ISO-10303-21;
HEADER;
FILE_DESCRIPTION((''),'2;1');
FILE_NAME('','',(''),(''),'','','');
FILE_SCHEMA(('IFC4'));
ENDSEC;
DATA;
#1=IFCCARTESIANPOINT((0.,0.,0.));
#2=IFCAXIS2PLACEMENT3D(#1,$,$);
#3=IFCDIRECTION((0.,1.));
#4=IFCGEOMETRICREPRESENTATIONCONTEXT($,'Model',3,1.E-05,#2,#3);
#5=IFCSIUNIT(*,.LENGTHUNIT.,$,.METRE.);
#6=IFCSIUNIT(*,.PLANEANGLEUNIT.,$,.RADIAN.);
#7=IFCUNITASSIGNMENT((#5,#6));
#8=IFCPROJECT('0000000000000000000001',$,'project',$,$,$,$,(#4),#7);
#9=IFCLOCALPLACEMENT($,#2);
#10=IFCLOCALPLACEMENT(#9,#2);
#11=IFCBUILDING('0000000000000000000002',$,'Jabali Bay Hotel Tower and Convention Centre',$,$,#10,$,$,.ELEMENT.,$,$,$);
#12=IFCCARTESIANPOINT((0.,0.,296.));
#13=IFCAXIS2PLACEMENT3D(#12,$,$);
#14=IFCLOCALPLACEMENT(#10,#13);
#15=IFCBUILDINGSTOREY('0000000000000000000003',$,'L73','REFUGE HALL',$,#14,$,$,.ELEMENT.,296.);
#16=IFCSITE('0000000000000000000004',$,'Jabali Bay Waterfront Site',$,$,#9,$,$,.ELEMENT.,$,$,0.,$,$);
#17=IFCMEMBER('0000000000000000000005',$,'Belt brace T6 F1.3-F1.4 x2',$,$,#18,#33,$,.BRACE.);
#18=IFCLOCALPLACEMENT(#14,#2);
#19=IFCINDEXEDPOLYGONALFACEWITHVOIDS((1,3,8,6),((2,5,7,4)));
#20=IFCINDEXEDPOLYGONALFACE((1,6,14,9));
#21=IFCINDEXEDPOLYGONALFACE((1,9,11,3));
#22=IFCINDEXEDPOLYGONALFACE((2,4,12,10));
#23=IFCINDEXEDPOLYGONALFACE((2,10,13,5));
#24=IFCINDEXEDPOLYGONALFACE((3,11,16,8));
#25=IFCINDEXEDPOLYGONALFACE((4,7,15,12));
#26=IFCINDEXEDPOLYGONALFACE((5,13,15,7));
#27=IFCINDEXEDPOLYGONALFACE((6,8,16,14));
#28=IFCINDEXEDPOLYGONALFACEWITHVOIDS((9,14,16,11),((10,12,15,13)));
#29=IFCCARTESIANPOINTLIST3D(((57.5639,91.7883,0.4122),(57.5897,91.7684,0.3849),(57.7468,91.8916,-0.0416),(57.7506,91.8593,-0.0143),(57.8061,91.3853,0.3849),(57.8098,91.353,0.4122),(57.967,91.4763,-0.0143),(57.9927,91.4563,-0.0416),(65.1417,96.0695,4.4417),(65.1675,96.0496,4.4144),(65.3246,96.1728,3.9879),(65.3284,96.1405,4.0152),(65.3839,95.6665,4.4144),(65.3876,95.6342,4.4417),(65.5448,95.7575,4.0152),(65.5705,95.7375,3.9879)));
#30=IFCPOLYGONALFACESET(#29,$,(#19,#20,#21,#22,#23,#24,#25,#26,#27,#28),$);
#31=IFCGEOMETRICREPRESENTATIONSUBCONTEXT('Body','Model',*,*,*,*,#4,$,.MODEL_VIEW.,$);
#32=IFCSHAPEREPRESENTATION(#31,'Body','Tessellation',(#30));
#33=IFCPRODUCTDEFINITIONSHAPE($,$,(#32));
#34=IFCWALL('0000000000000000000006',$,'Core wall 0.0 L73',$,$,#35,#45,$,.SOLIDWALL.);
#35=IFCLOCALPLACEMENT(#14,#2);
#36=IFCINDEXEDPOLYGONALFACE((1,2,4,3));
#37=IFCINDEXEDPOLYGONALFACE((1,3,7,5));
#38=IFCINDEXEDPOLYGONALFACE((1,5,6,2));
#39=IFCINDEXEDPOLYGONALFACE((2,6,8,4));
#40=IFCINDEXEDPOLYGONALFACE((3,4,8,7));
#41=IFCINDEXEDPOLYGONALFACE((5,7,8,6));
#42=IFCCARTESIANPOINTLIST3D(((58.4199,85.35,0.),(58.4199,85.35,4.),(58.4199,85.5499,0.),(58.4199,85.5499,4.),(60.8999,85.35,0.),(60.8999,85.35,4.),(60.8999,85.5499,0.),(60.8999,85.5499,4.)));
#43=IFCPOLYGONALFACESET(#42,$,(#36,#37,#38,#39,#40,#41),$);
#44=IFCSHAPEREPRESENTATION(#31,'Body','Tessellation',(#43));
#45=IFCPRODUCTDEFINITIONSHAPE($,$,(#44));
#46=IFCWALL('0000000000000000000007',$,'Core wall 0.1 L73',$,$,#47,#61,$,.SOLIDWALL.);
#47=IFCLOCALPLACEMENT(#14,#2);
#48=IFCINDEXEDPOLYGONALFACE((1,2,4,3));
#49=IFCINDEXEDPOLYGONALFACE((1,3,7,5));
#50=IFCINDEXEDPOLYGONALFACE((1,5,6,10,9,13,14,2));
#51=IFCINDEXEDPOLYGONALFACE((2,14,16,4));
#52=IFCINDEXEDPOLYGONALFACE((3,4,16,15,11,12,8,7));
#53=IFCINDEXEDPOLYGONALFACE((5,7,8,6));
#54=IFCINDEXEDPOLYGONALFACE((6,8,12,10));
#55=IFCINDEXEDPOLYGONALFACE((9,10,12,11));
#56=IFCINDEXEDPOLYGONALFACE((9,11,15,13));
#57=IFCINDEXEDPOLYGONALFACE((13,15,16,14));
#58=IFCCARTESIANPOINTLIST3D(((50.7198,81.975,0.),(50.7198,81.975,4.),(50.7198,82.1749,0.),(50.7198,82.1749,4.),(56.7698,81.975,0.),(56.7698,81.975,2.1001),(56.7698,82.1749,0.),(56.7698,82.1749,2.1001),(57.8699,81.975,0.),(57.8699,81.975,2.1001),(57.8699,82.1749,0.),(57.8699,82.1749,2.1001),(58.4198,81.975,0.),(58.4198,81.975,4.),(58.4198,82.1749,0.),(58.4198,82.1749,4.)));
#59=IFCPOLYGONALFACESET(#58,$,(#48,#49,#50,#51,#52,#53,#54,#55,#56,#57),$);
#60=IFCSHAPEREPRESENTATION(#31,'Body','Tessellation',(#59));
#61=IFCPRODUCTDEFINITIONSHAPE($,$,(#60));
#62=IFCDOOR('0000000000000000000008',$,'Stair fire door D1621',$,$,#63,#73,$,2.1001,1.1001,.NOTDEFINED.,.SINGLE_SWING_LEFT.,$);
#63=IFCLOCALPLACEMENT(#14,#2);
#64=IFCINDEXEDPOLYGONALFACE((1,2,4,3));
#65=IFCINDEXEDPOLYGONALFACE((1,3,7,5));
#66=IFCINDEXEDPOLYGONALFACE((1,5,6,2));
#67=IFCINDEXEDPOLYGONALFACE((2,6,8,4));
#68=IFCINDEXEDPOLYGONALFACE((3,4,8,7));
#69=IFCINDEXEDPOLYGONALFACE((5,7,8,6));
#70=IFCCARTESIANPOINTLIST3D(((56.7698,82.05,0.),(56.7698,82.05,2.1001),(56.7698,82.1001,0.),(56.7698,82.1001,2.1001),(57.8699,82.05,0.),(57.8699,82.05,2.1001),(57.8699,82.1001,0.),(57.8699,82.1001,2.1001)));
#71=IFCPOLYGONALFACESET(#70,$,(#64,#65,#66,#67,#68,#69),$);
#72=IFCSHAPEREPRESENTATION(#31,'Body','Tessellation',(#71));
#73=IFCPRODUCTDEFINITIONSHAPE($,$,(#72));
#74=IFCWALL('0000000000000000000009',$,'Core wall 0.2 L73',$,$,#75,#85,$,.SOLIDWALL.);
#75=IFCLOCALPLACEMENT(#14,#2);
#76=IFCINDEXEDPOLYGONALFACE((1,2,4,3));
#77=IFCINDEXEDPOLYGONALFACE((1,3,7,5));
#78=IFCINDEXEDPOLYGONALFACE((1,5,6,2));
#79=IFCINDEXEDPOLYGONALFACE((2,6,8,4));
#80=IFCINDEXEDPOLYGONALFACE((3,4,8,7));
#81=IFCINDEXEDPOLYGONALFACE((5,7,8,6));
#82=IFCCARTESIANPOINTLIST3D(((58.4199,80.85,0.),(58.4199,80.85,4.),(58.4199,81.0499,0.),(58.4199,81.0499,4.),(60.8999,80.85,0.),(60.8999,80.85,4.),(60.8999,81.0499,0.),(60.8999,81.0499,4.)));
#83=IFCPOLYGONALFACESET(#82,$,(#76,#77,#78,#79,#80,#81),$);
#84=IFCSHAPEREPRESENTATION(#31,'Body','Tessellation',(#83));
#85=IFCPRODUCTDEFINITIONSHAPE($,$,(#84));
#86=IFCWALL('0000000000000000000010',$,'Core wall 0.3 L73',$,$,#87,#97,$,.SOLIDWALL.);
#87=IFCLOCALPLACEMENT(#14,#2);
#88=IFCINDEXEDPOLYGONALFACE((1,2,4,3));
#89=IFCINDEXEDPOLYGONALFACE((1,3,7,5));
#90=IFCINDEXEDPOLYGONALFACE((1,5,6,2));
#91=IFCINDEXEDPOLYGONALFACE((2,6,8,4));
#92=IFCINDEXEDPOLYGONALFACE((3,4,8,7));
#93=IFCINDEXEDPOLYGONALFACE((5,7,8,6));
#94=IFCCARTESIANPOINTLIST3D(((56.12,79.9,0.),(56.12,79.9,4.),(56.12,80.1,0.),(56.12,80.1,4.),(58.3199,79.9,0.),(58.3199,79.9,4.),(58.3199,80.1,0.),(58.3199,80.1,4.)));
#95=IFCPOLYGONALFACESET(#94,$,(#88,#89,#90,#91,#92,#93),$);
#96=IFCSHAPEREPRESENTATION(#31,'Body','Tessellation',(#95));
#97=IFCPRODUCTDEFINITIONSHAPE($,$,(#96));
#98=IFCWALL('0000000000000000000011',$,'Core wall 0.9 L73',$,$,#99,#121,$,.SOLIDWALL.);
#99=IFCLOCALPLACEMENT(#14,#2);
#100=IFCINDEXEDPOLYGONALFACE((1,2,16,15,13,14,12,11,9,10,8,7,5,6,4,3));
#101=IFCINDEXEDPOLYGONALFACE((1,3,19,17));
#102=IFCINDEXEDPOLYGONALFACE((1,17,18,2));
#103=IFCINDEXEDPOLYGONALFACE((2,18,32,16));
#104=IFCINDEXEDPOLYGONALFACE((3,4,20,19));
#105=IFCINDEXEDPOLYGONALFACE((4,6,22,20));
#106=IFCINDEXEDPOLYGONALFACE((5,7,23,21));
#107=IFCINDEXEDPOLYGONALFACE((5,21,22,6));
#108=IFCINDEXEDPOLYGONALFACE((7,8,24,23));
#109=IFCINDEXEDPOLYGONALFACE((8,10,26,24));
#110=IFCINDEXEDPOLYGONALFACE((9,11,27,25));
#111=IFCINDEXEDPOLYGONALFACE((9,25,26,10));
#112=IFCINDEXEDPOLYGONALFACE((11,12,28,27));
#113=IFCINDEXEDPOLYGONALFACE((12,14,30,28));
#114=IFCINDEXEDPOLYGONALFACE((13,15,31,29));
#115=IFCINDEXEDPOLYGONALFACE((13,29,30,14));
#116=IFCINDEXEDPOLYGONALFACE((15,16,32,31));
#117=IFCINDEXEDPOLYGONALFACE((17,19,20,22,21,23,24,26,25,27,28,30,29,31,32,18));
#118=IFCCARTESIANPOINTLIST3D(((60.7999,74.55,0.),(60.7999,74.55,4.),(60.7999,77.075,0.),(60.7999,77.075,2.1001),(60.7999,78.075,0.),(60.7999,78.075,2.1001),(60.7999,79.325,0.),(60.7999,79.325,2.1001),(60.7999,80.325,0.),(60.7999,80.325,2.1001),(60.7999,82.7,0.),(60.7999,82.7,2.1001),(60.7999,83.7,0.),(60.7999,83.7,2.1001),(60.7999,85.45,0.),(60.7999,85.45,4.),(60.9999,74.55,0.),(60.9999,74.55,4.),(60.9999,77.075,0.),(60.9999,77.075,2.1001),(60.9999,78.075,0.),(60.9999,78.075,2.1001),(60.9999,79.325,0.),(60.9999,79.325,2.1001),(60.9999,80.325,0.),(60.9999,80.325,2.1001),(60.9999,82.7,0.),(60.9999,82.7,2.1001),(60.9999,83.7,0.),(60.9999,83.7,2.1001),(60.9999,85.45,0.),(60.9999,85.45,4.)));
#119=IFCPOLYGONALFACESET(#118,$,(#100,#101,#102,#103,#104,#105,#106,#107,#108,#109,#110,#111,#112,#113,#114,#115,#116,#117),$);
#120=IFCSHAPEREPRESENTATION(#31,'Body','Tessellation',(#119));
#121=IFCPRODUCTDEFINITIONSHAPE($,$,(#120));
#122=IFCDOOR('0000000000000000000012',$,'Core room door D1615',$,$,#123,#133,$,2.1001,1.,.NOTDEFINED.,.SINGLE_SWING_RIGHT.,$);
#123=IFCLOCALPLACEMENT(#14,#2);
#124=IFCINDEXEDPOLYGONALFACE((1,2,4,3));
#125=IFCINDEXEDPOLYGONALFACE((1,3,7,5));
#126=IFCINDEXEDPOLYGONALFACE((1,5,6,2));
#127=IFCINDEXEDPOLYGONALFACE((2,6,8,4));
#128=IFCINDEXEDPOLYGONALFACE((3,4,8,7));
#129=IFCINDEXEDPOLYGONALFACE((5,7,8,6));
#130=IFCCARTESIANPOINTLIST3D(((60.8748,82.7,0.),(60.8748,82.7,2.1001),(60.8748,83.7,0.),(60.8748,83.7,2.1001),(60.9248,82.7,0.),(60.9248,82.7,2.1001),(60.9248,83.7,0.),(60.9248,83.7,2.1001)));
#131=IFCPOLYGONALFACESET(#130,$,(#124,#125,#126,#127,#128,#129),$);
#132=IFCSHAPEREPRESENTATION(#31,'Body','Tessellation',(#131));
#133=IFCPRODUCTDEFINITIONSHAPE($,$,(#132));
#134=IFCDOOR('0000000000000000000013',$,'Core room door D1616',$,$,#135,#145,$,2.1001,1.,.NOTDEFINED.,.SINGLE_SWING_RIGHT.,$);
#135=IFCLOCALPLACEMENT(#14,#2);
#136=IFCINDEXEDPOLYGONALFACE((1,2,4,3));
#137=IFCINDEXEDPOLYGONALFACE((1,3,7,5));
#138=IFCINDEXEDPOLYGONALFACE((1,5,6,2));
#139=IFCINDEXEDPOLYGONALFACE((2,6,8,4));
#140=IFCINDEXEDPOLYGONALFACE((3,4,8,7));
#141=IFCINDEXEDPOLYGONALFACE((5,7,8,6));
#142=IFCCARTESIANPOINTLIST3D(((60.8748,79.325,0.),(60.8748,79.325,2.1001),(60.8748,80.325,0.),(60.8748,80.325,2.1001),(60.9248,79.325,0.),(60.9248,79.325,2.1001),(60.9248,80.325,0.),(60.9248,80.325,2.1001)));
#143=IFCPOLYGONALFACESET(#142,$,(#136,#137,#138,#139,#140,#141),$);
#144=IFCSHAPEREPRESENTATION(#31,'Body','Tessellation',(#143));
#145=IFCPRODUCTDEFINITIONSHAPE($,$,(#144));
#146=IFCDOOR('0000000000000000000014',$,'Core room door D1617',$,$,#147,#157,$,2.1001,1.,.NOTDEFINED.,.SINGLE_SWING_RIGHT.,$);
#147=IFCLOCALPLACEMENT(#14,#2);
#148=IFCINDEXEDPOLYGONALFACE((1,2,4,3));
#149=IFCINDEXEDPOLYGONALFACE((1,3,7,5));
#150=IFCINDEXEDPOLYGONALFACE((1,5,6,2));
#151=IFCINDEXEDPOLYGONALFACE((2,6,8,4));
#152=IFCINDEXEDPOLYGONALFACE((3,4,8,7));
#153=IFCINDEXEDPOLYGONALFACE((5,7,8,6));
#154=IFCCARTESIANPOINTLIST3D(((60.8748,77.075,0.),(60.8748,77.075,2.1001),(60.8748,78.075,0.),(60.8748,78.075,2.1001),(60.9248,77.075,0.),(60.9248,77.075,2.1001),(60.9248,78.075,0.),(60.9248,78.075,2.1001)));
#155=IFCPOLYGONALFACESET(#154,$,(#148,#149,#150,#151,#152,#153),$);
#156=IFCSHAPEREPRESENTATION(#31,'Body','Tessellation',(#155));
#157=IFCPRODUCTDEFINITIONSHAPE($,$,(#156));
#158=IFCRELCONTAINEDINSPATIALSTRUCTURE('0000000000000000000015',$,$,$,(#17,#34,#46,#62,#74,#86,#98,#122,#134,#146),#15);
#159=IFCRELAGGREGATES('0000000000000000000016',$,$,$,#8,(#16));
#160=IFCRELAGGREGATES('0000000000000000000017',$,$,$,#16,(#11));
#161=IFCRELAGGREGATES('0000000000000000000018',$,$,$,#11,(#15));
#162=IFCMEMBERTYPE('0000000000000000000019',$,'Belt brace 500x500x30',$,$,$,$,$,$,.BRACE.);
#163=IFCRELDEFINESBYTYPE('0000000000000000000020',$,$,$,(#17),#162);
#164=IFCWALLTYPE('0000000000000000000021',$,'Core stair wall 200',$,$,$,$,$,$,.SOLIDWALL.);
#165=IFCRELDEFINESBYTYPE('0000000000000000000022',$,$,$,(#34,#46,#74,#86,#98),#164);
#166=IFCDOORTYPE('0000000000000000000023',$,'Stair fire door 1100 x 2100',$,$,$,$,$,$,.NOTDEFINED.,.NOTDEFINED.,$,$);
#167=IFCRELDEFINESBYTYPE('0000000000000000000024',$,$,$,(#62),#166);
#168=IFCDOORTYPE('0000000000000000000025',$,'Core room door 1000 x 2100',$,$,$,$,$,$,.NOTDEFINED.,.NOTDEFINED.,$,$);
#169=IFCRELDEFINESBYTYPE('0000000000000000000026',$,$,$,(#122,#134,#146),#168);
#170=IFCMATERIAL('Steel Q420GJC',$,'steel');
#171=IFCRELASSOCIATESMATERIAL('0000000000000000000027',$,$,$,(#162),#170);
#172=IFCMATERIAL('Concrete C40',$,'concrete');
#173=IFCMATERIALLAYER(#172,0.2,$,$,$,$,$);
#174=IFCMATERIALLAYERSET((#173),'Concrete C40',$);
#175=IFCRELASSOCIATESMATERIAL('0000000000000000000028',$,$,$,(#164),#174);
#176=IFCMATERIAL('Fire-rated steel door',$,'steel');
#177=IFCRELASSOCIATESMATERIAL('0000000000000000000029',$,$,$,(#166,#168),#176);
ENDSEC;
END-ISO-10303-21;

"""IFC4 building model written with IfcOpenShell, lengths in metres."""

from ifc_helpers import new_model, si_unit, direction, frame, frame_2d, origin, origin_2d, place, context, subcontext, project, spatial, rectangle, hollow_rectangle, extrude, material, layer, layer_set, material_profile, profile_set, type_object, element, fill, save


model = new_model("IFC4")

# Units and contexts
model_context = context("Model", 3, precision=1e-05, world=origin(), true_north=direction((0.0, 1.0)))
body_context = subcontext(model_context, "Body", "Model", "MODEL_VIEW")
ifc_project = project(units=[si_unit("LENGTHUNIT", "METRE"), si_unit("PLANEANGLEUNIT", "RADIAN")], contexts=[model_context])

# Site, building, storey
site_placement = place(None, origin())
site = spatial("IfcSite", under=ifc_project, at=site_placement, Name="Jabali Bay Waterfront Site", CompositionType="ELEMENT", RefElevation=0.0)
building_placement = place(site_placement, origin())
building = spatial("IfcBuilding", under=site, at=building_placement, Name="Jabali Bay Hotel Tower and Convention Centre", CompositionType="ELEMENT")
storey_placement = place(building_placement, frame((0.0, 0.0, 296.0)))
storey = spatial("IfcBuildingStorey", under=building, at=storey_placement, Name="L73", Description="REFUGE HALL", CompositionType="ELEMENT", Elevation=296.0)

# Member
ifc_material_1 = material(Name="Steel Q420GJC", Category="steel")
ifc_material_profile = material_profile(ifc_material_1, hollow_rectangle(XDim=0.5, YDim=0.5, WallThickness=0.03, at=origin_2d()), Name="Belt brace 500x500x30")
ifc_profile_set = profile_set([ifc_material_profile], Name="Steel Q420GJC")
member_type = type_object("IfcMemberType", Name="Belt brace 500x500x30", PredefinedType="BRACE", material=ifc_profile_set)
member_placement = place(storey_placement, frame((57.7783, 91.6223, 0.1853), z_axis=(0.790089, 0.446374, 0.42013), x_axis=(-0.491892, 0.870656, 0.0)))
element("IfcMember", 1, at=member_placement, inside=storey, type_object=member_type, Name="Belt brace T6 F1.3-F1.4 x2", PredefinedType="BRACE", context=body_context, shape_type="SweptSolid", body=[
    extrude(hollow_rectangle(XDim=0.5, YDim=0.5, WallThickness=0.03, at=origin_2d()), origin(), (0.0, 0.0, 1.0), 9.5911),
])

# Wall
ifc_material_2 = material(Name="Concrete C40", Category="concrete")
ifc_layer_1 = layer(ifc_material_2, 0.2)
ifc_layer_set_1 = layer_set([ifc_layer_1], Name="Concrete C40")
wall_type_1 = type_object("IfcWallType", Name="Core stair wall 200", PredefinedType="SOLIDWALL", material=ifc_layer_set_1)
wall_1_placement = place(storey_placement, frame((60.8999, 85.45, 0.0), z_axis=(0.0, 0.0, 1.0), x_axis=(-1.0, 0.0, 0.0)))
element("IfcWall", 2, at=wall_1_placement, inside=storey, type_object=wall_type_1, Name="Core wall 0.0 L73", PredefinedType="SOLIDWALL", context=body_context, shape_type="SweptSolid", body=[
    extrude(rectangle(XDim=2.48, YDim=0.2, at=frame_2d((1.24, 0.0))), origin(), (0.0, 0.0, 1.0), 4.0),
])

# Wall, opening, door
wall_2_placement = place(storey_placement, frame((58.4199, 82.075, 0.0), z_axis=(0.0, 0.0, 1.0), x_axis=(-1.0, 0.0, 0.0)))
wall_2 = element("IfcWall", 3, at=wall_2_placement, inside=storey, type_object=wall_type_1, Name="Core wall 0.1 L73", PredefinedType="SOLIDWALL", context=body_context, shape_type="SweptSolid", body=[
    extrude(rectangle(XDim=7.7, YDim=0.2, at=frame_2d((3.8501, 0.0))), origin(), (0.0, 0.0, 1.0), 4.0),
])
opening_1_placement = place(wall_2_placement, frame((0.55, 0.0, 0.0)))
opening_1 = element("IfcOpeningElement", 4, at=opening_1_placement, cuts=wall_2, PredefinedType="OPENING", context=body_context, shape_type="SweptSolid", body=[
    extrude(rectangle(XDim=1.1001, YDim=2.1001, at=frame_2d((0.55, 1.05))), frame((0.0, 0.1104, 0.0), z_axis=(0.0, -1.0, 0.0), x_axis=(1.0, 0.0, 0.0)), (0.0, 0.0, 1.0), 0.2209),
])
ifc_material_3 = material(Name="Fire-rated steel door", Category="steel")
door_type_1 = type_object("IfcDoorType", Name="Stair fire door 1100 x 2100", OperationType="NOTDEFINED", PredefinedType="NOTDEFINED", material=ifc_material_3)
door_1_placement = place(opening_1_placement, origin())
door_1 = element("IfcDoor", 5, at=door_1_placement, inside=storey, type_object=door_type_1, Name="Stair fire door D1621", OperationType="SINGLE_SWING_LEFT", OverallHeight=2.1001, OverallWidth=1.1001, PredefinedType="NOTDEFINED", context=body_context, shape_type="SweptSolid", body=[
    extrude(rectangle(XDim=1.1001, YDim=2.1001, at=frame_2d((0.55, 1.05))), frame((0.0, 0.0249, 0.0), z_axis=(0.0, -1.0, 0.0), x_axis=(1.0, 0.0, 0.0)), (0.0, 0.0, 1.0), 0.05),
])
fill(opening_1, door_1)

# Walls
wall_3_placement = place(storey_placement, frame((60.8999, 80.95, 0.0), z_axis=(0.0, 0.0, 1.0), x_axis=(-1.0, 0.0, 0.0)))
element("IfcWall", 6, at=wall_3_placement, inside=storey, type_object=wall_type_1, Name="Core wall 0.2 L73", PredefinedType="SOLIDWALL", context=body_context, shape_type="SweptSolid", body=[
    extrude(rectangle(XDim=2.48, YDim=0.2, at=frame_2d((1.24, 0.0))), origin(), (0.0, 0.0, 1.0), 4.0),
])
wall_4_placement = place(storey_placement, frame((58.3201, 80.0, 0.0), z_axis=(0.0, 0.0, 1.0), x_axis=(-1.0, 0.0, 0.0)))
element("IfcWall", 7, at=wall_4_placement, inside=storey, type_object=wall_type_1, Name="Core wall 0.3 L73", PredefinedType="SOLIDWALL", context=body_context, shape_type="SweptSolid", body=[
    extrude(rectangle(XDim=2.2, YDim=0.2, at=frame_2d((1.1001, 0.0))), origin(), (0.0, 0.0, 1.0), 4.0),
])

# Wall, openings, doors
wall_5_placement = place(storey_placement, frame((60.8999, 85.45, 0.0), z_axis=(0.0, 0.0, 1.0), x_axis=(0.0, -1.0, 0.0)))
wall_5 = element("IfcWall", 8, at=wall_5_placement, inside=storey, type_object=wall_type_1, Name="Core wall 0.9 L73", PredefinedType="SOLIDWALL", context=body_context, shape_type="SweptSolid", body=[
    extrude(rectangle(XDim=10.8999, YDim=0.2, at=frame_2d((5.45, 0.0))), origin(), (0.0, 0.0, 1.0), 4.0),
])
opening_2_placement = place(wall_5_placement, frame((1.75, 0.0, 0.0)))
opening_2 = element("IfcOpeningElement", 9, at=opening_2_placement, cuts=wall_5, PredefinedType="OPENING", context=body_context, shape_type="SweptSolid", body=[
    extrude(rectangle(XDim=1.0, YDim=2.1001, at=frame_2d((0.5, 1.05))), frame((0.0, 0.1104, 0.0), z_axis=(0.0, -1.0, 0.0), x_axis=(1.0, 0.0, 0.0)), (0.0, 0.0, 1.0), 0.2209),
])
opening_3_placement = place(wall_5_placement, frame((5.125, 0.0, 0.0)))
opening_3 = element("IfcOpeningElement", 10, at=opening_3_placement, cuts=wall_5, PredefinedType="OPENING", context=body_context, shape_type="SweptSolid", body=[
    extrude(rectangle(XDim=1.0, YDim=2.1001, at=frame_2d((0.5, 1.05))), frame((0.0, 0.1104, 0.0), z_axis=(0.0, -1.0, 0.0), x_axis=(1.0, 0.0, 0.0)), (0.0, 0.0, 1.0), 0.2209),
])
opening_4_placement = place(wall_5_placement, frame((7.375, 0.0, 0.0)))
opening_4 = element("IfcOpeningElement", 11, at=opening_4_placement, cuts=wall_5, PredefinedType="OPENING", context=body_context, shape_type="SweptSolid", body=[
    extrude(rectangle(XDim=1.0, YDim=2.1001, at=frame_2d((0.5, 1.05))), frame((0.0, 0.1104, 0.0), z_axis=(0.0, -1.0, 0.0), x_axis=(1.0, 0.0, 0.0)), (0.0, 0.0, 1.0), 0.2209),
])
door_type_2 = type_object("IfcDoorType", Name="Core room door 1000 x 2100", OperationType="NOTDEFINED", PredefinedType="NOTDEFINED", material=ifc_material_3)
door_2_placement = place(opening_2_placement, origin())
door_2 = element("IfcDoor", 12, at=door_2_placement, inside=storey, type_object=door_type_2, Name="Core room door D1615", OperationType="SINGLE_SWING_RIGHT", OverallHeight=2.1001, OverallWidth=1.0, PredefinedType="NOTDEFINED", context=body_context, shape_type="SweptSolid", body=[
    extrude(rectangle(XDim=1.0, YDim=2.1001, at=frame_2d((0.5, 1.05))), frame((0.0, 0.0249, 0.0), z_axis=(0.0, -1.0, 0.0), x_axis=(1.0, 0.0, 0.0)), (0.0, 0.0, 1.0), 0.05),
])
fill(opening_2, door_2)
door_3_placement = place(opening_3_placement, origin())
door_3 = element("IfcDoor", 13, at=door_3_placement, inside=storey, type_object=door_type_2, Name="Core room door D1616", OperationType="SINGLE_SWING_RIGHT", OverallHeight=2.1001, OverallWidth=1.0, PredefinedType="NOTDEFINED", context=body_context, shape_type="SweptSolid", body=[
    extrude(rectangle(XDim=1.0, YDim=2.1001, at=frame_2d((0.5, 1.05))), frame((0.0, 0.0249, 0.0), z_axis=(0.0, -1.0, 0.0), x_axis=(1.0, 0.0, 0.0)), (0.0, 0.0, 1.0), 0.05),
])
fill(opening_3, door_3)
door_4_placement = place(opening_4_placement, origin())
door_4 = element("IfcDoor", 14, at=door_4_placement, inside=storey, type_object=door_type_2, Name="Core room door D1617", OperationType="SINGLE_SWING_RIGHT", OverallHeight=2.1001, OverallWidth=1.0, PredefinedType="NOTDEFINED", context=body_context, shape_type="SweptSolid", body=[
    extrude(rectangle(XDim=1.0, YDim=2.1001, at=frame_2d((0.5, 1.05))), frame((0.0, 0.0249, 0.0), z_axis=(0.0, -1.0, 0.0), x_axis=(1.0, 0.0, 0.0)), (0.0, 0.0, 1.0), 0.05),
])
fill(opening_4, door_4)

save(model, "model.ifc")
